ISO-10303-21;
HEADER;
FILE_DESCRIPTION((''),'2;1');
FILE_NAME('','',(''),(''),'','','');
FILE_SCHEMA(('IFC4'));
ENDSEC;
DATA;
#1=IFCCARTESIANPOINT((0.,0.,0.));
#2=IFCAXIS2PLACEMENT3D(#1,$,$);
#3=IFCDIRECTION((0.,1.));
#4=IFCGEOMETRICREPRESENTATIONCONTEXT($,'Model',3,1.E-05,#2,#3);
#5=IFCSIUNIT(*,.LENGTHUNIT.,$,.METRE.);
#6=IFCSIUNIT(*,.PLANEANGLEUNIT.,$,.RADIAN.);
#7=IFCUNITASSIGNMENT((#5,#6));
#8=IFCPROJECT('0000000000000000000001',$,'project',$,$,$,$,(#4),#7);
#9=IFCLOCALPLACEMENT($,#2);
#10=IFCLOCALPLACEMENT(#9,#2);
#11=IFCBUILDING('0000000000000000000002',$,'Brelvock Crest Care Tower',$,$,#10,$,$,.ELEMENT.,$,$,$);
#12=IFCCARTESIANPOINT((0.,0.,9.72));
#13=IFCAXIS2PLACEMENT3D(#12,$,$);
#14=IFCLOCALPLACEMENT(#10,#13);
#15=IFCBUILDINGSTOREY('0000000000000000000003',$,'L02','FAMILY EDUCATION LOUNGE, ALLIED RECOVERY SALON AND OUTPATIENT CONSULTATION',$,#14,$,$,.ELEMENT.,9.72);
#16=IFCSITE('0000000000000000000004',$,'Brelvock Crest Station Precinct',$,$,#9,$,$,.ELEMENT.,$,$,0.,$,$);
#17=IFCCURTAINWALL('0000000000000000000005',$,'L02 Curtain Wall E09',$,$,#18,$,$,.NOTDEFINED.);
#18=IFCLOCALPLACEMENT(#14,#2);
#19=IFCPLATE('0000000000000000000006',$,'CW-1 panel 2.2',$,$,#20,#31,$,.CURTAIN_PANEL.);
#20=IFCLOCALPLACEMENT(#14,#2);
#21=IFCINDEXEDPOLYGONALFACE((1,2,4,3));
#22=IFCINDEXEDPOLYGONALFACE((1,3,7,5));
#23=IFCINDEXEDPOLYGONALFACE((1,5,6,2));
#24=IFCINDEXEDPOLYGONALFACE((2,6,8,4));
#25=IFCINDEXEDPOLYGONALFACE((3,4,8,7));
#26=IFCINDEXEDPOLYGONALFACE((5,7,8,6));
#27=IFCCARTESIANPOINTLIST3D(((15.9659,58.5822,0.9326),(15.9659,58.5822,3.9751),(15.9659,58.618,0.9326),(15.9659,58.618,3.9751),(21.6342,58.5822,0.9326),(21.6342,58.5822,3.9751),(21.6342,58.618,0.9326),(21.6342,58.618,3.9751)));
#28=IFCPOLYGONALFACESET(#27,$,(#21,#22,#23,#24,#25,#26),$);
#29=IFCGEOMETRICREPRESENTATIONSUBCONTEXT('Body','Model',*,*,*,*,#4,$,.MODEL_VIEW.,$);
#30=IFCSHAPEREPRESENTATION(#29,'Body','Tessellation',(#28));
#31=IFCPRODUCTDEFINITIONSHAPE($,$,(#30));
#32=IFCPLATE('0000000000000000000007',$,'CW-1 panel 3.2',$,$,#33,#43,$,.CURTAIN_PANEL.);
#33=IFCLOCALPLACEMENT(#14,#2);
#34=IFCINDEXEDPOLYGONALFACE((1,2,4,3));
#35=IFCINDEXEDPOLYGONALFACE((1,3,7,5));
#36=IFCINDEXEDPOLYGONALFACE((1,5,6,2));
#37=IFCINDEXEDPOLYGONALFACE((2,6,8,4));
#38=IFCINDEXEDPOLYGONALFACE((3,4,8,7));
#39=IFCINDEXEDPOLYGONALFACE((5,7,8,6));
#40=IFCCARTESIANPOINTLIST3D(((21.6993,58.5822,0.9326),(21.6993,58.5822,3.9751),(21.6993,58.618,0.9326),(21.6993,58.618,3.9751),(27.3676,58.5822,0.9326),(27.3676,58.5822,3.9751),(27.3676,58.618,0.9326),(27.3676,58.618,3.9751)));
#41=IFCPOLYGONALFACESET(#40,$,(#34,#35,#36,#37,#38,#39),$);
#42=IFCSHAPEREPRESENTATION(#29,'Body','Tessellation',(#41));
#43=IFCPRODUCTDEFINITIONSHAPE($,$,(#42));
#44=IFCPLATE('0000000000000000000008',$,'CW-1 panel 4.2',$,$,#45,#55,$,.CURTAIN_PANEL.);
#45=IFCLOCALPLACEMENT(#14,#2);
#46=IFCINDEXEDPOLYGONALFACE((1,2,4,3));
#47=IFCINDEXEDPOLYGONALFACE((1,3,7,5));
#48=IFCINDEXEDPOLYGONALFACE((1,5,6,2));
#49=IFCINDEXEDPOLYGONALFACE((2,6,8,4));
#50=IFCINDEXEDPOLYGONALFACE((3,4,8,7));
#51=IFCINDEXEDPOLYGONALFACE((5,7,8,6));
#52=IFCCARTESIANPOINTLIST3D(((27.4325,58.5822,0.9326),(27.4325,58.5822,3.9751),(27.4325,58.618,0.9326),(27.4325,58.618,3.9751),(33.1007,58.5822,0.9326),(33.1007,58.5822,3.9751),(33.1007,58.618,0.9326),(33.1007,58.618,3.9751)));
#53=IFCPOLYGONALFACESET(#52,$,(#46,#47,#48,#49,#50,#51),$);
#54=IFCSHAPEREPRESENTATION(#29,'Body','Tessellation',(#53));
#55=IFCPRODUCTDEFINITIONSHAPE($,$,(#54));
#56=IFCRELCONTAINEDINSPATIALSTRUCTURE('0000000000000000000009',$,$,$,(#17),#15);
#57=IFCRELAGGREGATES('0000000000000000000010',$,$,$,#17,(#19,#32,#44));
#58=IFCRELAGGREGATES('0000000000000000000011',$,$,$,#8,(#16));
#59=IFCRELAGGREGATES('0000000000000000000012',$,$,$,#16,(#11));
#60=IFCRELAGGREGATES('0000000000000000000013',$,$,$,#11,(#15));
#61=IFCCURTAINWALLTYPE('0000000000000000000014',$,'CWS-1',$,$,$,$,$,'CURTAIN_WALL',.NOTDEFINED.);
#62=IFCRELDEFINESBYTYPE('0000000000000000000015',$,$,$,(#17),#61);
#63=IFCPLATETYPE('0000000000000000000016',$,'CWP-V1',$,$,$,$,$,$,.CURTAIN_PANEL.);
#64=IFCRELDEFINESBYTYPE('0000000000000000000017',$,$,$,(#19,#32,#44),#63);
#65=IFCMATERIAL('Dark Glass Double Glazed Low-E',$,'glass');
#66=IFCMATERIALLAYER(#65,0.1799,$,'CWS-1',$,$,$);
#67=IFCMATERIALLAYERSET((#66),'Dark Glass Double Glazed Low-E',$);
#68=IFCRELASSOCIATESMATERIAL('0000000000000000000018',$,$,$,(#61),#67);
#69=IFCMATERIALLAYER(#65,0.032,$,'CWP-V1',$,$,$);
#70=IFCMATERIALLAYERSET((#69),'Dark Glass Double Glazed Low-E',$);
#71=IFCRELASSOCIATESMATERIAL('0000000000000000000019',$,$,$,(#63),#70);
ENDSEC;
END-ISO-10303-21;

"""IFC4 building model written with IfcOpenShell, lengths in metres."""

from ifc_helpers import new_model, si_unit, direction, frame, origin, origin_2d, place, context, subcontext, project, spatial, rectangle, extrude, source, transform, mapped, material, layer, layer_set, type_object, element, aggregate, save


model = new_model("IFC4")

# Units and contexts
model_context = context("Model", 3, precision=1e-05, world=origin(), true_north=direction((0.0, 1.0)))
body_context = subcontext(model_context, "Body", "Model", "MODEL_VIEW")
ifc_project = project(units=[si_unit("LENGTHUNIT", "METRE"), si_unit("PLANEANGLEUNIT", "RADIAN")], contexts=[model_context])

# Site, building, storey
site_placement = place(None, origin())
site = spatial("IfcSite", under=ifc_project, at=site_placement, Name="Brelvock Crest Station Precinct", CompositionType="ELEMENT", RefElevation=0.0)
building_placement = place(site_placement, origin())
building = spatial("IfcBuilding", under=site, at=building_placement, Name="Brelvock Crest Care Tower", CompositionType="ELEMENT")
storey_placement = place(building_placement, frame((0.0, 0.0, 9.72)))
storey = spatial("IfcBuildingStorey", under=building, at=storey_placement, Name="L02", Description="FAMILY EDUCATION LOUNGE, ALLIED RECOVERY SALON AND OUTPATIENT CONSULTATION", CompositionType="ELEMENT", Elevation=9.72)

# Curtain wall, plates
ifc_material_1 = material(Name="Dark Glass Double Glazed Low-E", Category="glass")
ifc_layer_1 = layer(ifc_material_1, 0.1799, Name="CWS-1")
ifc_layer_set_1 = layer_set([ifc_layer_1], Name="Dark Glass Double Glazed Low-E")
curtain_wall_type = type_object("IfcCurtainWallType", Name="CWS-1", ElementType="CURTAIN_WALL", PredefinedType="NOTDEFINED", material=ifc_layer_set_1)
curtain_wall_placement = place(storey_placement, origin())
curtain_wall = element("IfcCurtainWall", 1, at=curtain_wall_placement, inside=storey, type_object=curtain_wall_type, Name="L02 Curtain Wall E09", PredefinedType="NOTDEFINED")
ifc_layer_2 = layer(ifc_material_1, 0.032, Name="CWP-V1")
ifc_layer_set_2 = layer_set([ifc_layer_2], Name="Dark Glass Double Glazed Low-E")
plate_type_1 = type_object("IfcPlateType", Name="CWP-V1", PredefinedType="CURTAIN_PANEL", material=ifc_layer_set_2)
shared_shape_1 = source(origin(), body_context, "Body", "SweptSolid", [
    extrude(rectangle(XDim=5.6682, YDim=0.0359, at=origin_2d()), origin(), (0.0, 0.0, 1.0), 3.0425),
])
plate_1_placement = place(storey_placement, frame((18.8, 58.6001, 0.9326), z_axis=(0.0, 0.0, 1.0), x_axis=(1.0, 0.0, 0.0)))
plate_1 = element("IfcPlate", 2, at=plate_1_placement, type_object=plate_type_1, Name="CW-1 panel 2.2", PredefinedType="CURTAIN_PANEL", context=body_context, shape_type="MappedRepresentation", body=[
    mapped(shared_shape_1, transform((0.0, 0.0, 0.0), x_axis=(1.0, 0.0, 0.0), y_axis=(0.0, 1.0, 0.0), z_axis=(0.0, 0.0, 1.0), scale=1.0)),
])
plate_2_placement = place(storey_placement, frame((24.5334, 58.6001, 0.9326), z_axis=(0.0, 0.0, 1.0), x_axis=(1.0, 0.0, 0.0)))
plate_2 = element("IfcPlate", 3, at=plate_2_placement, type_object=plate_type_1, Name="CW-1 panel 3.2", PredefinedType="CURTAIN_PANEL", context=body_context, shape_type="MappedRepresentation", body=[
    mapped(shared_shape_1, transform((0.0, 0.0, 0.0), x_axis=(1.0, 0.0, 0.0), y_axis=(0.0, 1.0, 0.0), z_axis=(0.0, 0.0, 1.0), scale=1.0)),
])
plate_3_placement = place(storey_placement, frame((30.2666, 58.6001, 0.9326), z_axis=(0.0, 0.0, 1.0), x_axis=(1.0, 0.0, 0.0)))
plate_3 = element("IfcPlate", 4, at=plate_3_placement, type_object=plate_type_1, Name="CW-1 panel 4.2", PredefinedType="CURTAIN_PANEL", context=body_context, shape_type="MappedRepresentation", body=[
    mapped(shared_shape_1, transform((0.0, 0.0, 0.0), x_axis=(1.0, 0.0, 0.0), y_axis=(0.0, 1.0, 0.0), z_axis=(0.0, 0.0, 1.0), scale=1.0)),
])
aggregate(curtain_wall, [plate_1, plate_2, plate_3])

save(model, "model.ifc")
